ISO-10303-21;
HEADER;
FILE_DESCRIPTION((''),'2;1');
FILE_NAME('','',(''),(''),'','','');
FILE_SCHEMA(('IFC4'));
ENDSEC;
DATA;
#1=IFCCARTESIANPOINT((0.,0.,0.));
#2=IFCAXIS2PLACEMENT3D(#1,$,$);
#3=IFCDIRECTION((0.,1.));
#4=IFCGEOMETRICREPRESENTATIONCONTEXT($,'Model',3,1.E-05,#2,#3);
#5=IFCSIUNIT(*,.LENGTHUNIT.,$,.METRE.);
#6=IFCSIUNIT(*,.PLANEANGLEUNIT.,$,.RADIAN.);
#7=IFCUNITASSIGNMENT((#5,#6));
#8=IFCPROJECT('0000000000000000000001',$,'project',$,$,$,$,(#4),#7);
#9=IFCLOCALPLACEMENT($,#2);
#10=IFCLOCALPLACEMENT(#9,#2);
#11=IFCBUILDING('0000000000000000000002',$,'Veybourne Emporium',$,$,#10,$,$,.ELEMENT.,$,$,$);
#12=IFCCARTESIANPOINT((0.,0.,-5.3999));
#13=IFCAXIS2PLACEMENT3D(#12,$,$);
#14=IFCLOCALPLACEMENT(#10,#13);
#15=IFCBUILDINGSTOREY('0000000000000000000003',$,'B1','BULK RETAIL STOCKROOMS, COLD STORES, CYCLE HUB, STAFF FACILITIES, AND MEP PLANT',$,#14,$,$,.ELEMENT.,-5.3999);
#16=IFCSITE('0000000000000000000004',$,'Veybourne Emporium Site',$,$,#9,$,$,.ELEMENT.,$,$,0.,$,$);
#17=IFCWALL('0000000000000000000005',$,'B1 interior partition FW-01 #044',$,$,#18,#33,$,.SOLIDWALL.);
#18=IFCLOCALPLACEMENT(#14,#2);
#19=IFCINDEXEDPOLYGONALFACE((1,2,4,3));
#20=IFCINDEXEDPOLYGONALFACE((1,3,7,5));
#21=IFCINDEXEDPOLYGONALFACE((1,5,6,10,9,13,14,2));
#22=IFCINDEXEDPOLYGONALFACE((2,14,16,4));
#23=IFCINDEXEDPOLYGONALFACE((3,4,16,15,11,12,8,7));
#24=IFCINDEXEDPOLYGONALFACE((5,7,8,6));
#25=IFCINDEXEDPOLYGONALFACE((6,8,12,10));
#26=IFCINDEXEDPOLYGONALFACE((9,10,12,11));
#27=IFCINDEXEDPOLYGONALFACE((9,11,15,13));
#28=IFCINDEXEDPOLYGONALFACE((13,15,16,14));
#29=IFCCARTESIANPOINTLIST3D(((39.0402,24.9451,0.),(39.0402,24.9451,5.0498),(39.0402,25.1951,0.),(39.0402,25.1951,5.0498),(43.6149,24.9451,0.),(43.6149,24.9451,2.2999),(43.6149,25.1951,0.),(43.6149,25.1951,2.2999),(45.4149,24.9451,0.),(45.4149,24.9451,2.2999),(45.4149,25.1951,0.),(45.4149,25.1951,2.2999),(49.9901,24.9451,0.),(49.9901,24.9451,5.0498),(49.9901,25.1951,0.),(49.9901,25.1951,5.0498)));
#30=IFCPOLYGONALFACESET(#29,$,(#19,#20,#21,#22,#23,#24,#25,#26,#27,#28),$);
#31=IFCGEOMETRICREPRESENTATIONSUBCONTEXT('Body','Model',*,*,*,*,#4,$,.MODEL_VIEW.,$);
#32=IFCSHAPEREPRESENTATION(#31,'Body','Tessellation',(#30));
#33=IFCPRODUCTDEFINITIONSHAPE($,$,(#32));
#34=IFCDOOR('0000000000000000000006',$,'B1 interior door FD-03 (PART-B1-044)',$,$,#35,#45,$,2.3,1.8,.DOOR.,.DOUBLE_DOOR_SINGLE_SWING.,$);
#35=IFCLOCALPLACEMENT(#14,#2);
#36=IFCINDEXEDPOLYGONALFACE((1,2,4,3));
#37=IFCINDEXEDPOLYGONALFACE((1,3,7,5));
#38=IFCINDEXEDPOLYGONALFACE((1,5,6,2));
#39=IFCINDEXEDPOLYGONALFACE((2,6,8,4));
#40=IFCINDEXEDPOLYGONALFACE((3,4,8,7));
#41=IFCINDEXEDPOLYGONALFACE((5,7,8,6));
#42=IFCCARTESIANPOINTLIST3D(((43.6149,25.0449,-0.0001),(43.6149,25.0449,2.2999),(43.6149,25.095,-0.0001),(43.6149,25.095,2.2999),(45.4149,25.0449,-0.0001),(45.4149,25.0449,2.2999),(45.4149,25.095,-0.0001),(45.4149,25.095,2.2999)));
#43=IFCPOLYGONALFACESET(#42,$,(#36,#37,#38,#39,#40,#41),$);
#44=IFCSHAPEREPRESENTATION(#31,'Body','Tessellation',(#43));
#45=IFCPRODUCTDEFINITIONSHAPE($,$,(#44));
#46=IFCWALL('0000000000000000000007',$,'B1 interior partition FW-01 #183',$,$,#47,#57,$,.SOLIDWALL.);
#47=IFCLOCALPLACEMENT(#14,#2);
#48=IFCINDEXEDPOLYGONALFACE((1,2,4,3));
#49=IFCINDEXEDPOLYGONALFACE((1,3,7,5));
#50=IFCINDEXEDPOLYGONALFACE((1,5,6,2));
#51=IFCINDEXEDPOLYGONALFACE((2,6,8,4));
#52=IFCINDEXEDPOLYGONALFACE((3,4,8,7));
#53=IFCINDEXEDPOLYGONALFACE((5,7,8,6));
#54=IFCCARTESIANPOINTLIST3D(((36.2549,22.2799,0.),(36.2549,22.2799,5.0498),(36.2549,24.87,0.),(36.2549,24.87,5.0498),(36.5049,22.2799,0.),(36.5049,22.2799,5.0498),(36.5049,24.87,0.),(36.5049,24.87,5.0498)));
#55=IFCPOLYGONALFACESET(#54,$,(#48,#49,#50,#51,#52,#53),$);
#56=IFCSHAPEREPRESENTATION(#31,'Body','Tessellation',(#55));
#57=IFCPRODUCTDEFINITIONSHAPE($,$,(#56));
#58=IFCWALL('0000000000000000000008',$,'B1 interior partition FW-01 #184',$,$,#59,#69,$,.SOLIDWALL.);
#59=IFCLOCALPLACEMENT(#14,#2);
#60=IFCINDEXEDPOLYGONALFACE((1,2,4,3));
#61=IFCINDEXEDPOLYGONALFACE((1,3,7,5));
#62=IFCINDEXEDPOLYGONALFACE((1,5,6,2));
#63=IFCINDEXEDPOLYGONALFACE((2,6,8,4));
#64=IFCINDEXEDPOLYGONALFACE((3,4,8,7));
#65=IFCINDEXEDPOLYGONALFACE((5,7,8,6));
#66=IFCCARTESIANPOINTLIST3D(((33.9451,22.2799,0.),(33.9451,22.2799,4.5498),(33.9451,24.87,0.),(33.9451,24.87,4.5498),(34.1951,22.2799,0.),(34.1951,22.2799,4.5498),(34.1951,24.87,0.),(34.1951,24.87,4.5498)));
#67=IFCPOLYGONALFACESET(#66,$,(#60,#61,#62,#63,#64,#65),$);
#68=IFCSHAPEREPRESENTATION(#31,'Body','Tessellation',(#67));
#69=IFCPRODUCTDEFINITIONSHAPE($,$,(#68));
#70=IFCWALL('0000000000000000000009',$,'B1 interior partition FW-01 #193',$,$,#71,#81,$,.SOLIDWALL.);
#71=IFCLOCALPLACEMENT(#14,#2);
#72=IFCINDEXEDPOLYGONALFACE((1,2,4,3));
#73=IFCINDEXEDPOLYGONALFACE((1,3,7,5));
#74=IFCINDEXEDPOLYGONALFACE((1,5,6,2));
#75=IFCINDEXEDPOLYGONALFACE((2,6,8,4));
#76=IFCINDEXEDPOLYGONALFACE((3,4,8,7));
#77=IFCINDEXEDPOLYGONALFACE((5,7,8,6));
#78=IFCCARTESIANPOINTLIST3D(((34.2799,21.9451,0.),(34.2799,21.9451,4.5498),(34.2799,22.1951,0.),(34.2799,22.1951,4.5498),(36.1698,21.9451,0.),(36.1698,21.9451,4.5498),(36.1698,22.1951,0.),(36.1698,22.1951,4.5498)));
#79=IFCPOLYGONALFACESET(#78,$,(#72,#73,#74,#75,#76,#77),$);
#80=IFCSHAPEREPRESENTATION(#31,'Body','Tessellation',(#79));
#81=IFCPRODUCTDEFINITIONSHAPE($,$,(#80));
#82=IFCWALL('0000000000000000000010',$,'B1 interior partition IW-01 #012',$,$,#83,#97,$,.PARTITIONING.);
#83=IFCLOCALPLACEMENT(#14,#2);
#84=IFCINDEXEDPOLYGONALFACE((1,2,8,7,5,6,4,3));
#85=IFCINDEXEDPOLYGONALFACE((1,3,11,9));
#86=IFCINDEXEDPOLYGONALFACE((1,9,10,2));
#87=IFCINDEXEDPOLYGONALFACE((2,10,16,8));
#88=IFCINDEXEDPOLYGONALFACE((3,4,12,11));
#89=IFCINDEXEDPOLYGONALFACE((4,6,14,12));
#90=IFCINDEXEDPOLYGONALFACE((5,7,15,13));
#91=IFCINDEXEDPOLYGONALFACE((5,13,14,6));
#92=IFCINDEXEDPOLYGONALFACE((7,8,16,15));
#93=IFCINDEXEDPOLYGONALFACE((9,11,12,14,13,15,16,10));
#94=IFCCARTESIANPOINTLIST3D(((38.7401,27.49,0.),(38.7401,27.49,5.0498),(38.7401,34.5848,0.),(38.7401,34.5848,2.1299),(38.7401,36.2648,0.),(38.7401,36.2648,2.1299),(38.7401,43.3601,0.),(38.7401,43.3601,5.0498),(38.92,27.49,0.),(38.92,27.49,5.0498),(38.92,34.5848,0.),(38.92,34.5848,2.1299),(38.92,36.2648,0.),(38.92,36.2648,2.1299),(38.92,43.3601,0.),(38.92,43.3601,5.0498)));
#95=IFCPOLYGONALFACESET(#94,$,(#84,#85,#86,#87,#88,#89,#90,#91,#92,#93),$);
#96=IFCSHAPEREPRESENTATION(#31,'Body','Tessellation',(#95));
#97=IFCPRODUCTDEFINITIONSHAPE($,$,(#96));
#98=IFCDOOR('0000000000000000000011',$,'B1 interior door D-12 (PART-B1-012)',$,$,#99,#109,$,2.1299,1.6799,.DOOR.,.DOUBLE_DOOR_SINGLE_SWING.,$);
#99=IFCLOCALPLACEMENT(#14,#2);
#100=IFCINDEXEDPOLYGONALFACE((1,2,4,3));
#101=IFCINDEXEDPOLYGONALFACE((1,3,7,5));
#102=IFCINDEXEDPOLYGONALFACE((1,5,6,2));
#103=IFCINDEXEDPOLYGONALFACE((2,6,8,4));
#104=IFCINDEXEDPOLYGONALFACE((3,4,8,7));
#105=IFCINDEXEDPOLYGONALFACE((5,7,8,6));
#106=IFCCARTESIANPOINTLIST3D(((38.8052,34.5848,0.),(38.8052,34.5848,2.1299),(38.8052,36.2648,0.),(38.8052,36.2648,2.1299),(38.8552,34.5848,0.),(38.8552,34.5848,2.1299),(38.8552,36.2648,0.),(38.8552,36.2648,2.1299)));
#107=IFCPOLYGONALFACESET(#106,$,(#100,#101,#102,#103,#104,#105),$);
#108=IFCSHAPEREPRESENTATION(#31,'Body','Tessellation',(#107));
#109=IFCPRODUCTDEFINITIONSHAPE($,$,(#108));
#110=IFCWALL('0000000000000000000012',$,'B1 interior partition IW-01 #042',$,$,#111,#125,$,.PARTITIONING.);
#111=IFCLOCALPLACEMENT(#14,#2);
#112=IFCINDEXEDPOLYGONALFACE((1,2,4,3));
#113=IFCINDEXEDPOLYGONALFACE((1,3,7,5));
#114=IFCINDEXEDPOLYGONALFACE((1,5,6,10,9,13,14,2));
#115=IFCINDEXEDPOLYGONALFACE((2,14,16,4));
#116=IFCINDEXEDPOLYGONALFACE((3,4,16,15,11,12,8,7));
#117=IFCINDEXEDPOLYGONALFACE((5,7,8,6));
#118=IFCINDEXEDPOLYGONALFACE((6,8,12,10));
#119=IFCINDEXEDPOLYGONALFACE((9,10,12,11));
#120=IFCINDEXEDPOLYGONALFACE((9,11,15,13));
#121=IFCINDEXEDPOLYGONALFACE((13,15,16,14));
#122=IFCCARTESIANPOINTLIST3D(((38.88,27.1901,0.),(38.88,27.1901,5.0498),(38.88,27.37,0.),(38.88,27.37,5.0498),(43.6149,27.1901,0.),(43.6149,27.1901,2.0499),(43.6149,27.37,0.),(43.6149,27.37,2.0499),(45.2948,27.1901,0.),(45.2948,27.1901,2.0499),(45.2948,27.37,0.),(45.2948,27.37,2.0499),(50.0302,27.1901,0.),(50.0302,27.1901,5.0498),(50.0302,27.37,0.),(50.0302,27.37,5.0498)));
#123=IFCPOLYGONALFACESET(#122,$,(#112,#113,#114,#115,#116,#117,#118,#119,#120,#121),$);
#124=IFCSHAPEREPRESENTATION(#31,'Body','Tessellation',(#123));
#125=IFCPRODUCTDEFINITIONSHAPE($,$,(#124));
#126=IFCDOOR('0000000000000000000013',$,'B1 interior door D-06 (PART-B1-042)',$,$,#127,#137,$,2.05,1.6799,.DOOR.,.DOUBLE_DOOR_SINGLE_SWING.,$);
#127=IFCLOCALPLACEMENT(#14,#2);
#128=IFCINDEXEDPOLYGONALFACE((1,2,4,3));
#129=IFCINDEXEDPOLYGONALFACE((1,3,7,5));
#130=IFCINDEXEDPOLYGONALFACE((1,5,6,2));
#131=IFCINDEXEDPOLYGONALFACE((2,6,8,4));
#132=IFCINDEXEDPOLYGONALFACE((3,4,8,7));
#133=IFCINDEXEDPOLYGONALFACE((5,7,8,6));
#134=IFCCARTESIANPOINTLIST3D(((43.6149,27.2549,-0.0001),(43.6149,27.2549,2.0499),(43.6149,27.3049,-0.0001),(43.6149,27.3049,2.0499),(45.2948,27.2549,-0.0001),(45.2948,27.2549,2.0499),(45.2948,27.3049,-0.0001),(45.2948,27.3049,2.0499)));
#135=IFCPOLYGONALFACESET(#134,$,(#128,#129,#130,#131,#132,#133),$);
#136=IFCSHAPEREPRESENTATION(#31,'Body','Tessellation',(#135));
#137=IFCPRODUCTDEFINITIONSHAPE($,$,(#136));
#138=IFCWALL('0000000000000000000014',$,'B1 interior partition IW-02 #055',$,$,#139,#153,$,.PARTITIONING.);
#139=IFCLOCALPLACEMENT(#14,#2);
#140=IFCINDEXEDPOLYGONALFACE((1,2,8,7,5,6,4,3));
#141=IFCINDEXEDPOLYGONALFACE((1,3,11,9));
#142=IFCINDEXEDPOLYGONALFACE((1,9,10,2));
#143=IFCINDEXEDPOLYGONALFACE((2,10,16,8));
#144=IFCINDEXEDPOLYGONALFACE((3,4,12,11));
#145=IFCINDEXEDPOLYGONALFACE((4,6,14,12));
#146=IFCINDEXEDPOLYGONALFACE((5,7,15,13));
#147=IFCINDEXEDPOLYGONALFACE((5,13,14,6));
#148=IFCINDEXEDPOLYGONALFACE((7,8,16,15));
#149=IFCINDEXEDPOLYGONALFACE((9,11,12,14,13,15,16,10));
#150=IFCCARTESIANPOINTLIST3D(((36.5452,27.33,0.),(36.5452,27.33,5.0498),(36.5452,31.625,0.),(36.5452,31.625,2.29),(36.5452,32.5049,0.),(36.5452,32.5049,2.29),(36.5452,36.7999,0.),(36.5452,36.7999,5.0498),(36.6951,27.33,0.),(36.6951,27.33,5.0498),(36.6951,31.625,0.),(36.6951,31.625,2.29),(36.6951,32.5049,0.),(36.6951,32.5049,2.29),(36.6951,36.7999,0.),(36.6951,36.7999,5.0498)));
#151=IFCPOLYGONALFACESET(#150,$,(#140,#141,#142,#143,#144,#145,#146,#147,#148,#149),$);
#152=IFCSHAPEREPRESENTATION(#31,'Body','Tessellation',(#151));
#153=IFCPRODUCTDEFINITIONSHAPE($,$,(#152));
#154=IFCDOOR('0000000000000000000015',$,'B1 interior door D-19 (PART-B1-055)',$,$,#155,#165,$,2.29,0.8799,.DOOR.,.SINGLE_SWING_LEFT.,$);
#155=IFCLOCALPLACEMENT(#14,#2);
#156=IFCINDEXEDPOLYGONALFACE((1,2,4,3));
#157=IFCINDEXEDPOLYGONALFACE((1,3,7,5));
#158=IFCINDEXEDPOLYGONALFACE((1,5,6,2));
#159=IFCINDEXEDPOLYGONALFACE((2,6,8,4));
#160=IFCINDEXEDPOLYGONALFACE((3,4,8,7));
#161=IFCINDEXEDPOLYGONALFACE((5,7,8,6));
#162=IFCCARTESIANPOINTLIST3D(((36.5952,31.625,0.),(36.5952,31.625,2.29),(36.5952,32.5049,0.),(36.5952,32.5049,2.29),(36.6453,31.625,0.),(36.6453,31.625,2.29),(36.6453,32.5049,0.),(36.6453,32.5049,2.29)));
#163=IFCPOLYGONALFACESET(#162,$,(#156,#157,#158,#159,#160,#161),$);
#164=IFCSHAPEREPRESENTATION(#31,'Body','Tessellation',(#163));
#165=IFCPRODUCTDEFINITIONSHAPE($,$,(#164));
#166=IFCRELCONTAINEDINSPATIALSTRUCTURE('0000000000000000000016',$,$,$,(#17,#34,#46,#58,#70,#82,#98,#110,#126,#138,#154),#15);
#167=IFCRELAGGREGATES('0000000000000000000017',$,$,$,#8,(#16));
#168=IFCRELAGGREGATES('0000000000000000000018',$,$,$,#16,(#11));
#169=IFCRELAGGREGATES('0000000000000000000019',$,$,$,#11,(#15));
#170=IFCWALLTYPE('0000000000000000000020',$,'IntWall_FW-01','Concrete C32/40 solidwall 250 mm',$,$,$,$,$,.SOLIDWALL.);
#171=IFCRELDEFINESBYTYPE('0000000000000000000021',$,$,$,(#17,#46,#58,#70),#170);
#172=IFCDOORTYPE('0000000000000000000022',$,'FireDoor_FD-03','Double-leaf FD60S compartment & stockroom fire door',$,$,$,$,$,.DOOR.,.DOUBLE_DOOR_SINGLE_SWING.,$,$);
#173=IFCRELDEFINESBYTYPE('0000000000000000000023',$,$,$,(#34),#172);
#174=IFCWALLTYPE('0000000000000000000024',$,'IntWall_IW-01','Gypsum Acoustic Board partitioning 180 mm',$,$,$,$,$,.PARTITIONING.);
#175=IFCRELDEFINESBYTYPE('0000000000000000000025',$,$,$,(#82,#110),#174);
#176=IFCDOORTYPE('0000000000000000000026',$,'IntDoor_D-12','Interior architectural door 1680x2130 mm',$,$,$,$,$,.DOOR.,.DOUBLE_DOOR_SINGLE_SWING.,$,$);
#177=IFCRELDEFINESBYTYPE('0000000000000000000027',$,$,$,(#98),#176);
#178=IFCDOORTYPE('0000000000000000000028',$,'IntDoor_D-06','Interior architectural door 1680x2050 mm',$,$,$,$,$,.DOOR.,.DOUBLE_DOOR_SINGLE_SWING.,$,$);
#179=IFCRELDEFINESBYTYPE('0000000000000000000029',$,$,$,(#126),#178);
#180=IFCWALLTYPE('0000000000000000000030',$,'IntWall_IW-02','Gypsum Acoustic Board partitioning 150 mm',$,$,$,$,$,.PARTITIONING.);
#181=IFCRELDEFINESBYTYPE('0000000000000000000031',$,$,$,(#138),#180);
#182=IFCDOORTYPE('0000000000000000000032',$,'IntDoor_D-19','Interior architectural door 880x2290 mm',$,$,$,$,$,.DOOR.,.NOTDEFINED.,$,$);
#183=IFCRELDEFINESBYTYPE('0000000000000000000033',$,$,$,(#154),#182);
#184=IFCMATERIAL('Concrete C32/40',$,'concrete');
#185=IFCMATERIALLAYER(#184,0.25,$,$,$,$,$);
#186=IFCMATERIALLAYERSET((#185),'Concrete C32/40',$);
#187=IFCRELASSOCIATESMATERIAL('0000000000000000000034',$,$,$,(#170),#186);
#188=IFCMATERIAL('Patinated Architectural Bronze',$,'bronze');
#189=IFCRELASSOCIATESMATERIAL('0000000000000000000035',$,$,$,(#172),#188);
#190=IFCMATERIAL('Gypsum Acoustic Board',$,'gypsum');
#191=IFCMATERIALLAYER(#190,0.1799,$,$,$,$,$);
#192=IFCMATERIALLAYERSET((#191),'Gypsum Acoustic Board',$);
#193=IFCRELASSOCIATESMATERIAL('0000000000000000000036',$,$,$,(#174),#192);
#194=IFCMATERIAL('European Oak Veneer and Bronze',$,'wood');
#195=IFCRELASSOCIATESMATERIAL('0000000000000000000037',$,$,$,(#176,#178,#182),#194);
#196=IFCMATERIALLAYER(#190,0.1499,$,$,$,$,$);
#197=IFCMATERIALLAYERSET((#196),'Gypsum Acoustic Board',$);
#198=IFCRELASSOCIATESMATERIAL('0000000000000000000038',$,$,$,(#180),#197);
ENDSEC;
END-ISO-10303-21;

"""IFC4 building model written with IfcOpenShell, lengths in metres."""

from ifc_helpers import new_model, si_unit, direction, frame, frame_2d, origin, place, context, subcontext, project, spatial, rectangle, extrude, material, layer, layer_set, type_object, element, fill, save


model = new_model("IFC4")

# Units and contexts
model_context = context("Model", 3, precision=1e-05, world=origin(), true_north=direction((0.0, 1.0)))
body_context = subcontext(model_context, "Body", "Model", "MODEL_VIEW")
ifc_project = project(units=[si_unit("LENGTHUNIT", "METRE"), si_unit("PLANEANGLEUNIT", "RADIAN")], contexts=[model_context])

# Site, building, storey
site_placement = place(None, origin())
site = spatial("IfcSite", under=ifc_project, at=site_placement, Name="Veybourne Emporium Site", CompositionType="ELEMENT", RefElevation=0.0)
building_placement = place(site_placement, origin())
building = spatial("IfcBuilding", under=site, at=building_placement, Name="Veybourne Emporium", CompositionType="ELEMENT")
storey_placement = place(building_placement, frame((0.0, 0.0, -5.3999)))
storey = spatial("IfcBuildingStorey", under=building, at=storey_placement, Name="B1", Description="BULK RETAIL STOCKROOMS, COLD STORES, CYCLE HUB, STAFF FACILITIES, AND MEP PLANT", CompositionType="ELEMENT", Elevation=-5.3999)

# Shared definitions
ifc_material_1 = material(Name="Concrete C32/40", Category="concrete")

# Wall, opening, door
ifc_layer_1 = layer(ifc_material_1, 0.25)
ifc_layer_set_1 = layer_set([ifc_layer_1], Name="Concrete C32/40")
wall_type_1 = type_object("IfcWallType", Name="IntWall_FW-01", Description="Concrete C32/40 solidwall 250 mm", PredefinedType="SOLIDWALL", material=ifc_layer_set_1)
wall_1_placement = place(storey_placement, frame((39.04, 25.0701, 0.0), z_axis=(0.0, 0.0, 1.0), x_axis=(1.0, 0.0, 0.0)))
wall_1 = element("IfcWall", 1, at=wall_1_placement, inside=storey, type_object=wall_type_1, Name="B1 interior partition FW-01 #044", PredefinedType="SOLIDWALL", context=body_context, shape_type="SweptSolid", body=[
    extrude(rectangle(XDim=10.95, YDim=0.25, at=frame_2d((5.4751, 0.0))), origin(), (0.0, 0.0, 1.0), 5.0498),
])
opening_1_placement = place(wall_1_placement, frame((4.575, 0.0, 0.0)))
opening_1 = element("IfcOpeningElement", 2, at=opening_1_placement, cuts=wall_1, PredefinedType="OPENING", context=body_context, shape_type="SweptSolid", body=[
    extrude(rectangle(XDim=1.8, YDim=2.3, at=frame_2d((0.8999, 1.1499))), frame((0.0, 0.145, 0.0), z_axis=(0.0, -1.0, 0.0), x_axis=(1.0, 0.0, 0.0)), (0.0, 0.0, 1.0), 0.29),
])
ifc_material_2 = material(Name="Patinated Architectural Bronze", Category="bronze")
door_type_1 = type_object("IfcDoorType", Name="FireDoor_FD-03", Description="Double-leaf FD60S compartment & stockroom fire door", OperationType="DOUBLE_DOOR_SINGLE_SWING", PredefinedType="DOOR", material=ifc_material_2)
door_1_placement = place(opening_1_placement, origin())
door_1 = element("IfcDoor", 3, at=door_1_placement, inside=storey, type_object=door_type_1, Name="B1 interior door FD-03 (PART-B1-044)", OperationType="DOUBLE_DOOR_SINGLE_SWING", OverallHeight=2.3, OverallWidth=1.8, PredefinedType="DOOR", context=body_context, shape_type="SweptSolid", body=[
    extrude(rectangle(XDim=1.8, YDim=2.3, at=frame_2d((0.8999, 1.1499))), frame((0.0, 0.0249, 0.0), z_axis=(0.0, -1.0, 0.0), x_axis=(1.0, 0.0, 0.0)), (0.0, 0.0, 1.0), 0.05),
])
fill(opening_1, door_1)

# Walls
wall_2_placement = place(storey_placement, frame((36.3799, 22.28, 0.0), z_axis=(0.0, 0.0, 1.0), x_axis=(0.0, 1.0, 0.0)))
element("IfcWall", 4, at=wall_2_placement, inside=storey, type_object=wall_type_1, Name="B1 interior partition FW-01 #183", PredefinedType="SOLIDWALL", context=body_context, shape_type="SweptSolid", body=[
    extrude(rectangle(XDim=2.5901, YDim=0.25, at=frame_2d((1.2949, 0.0))), origin(), (0.0, 0.0, 1.0), 5.0498),
])
wall_3_placement = place(storey_placement, frame((34.0701, 22.28, 0.0), z_axis=(0.0, 0.0, 1.0), x_axis=(0.0, 1.0, 0.0)))
element("IfcWall", 5, at=wall_3_placement, inside=storey, type_object=wall_type_1, Name="B1 interior partition FW-01 #184", PredefinedType="SOLIDWALL", context=body_context, shape_type="SweptSolid", body=[
    extrude(rectangle(XDim=2.5901, YDim=0.25, at=frame_2d((1.2949, 0.0))), origin(), (0.0, 0.0, 1.0), 4.5498),
])
wall_4_placement = place(storey_placement, frame((34.28, 22.0701, 0.0), z_axis=(0.0, 0.0, 1.0), x_axis=(1.0, 0.0, 0.0)))
element("IfcWall", 6, at=wall_4_placement, inside=storey, type_object=wall_type_1, Name="B1 interior partition FW-01 #193", PredefinedType="SOLIDWALL", context=body_context, shape_type="SweptSolid", body=[
    extrude(rectangle(XDim=1.8899, YDim=0.25, at=frame_2d((0.9448, 0.0))), origin(), (0.0, 0.0, 1.0), 4.5498),
])

# Walls, openings, doors
ifc_material_3 = material(Name="Gypsum Acoustic Board", Category="gypsum")
ifc_layer_2 = layer(ifc_material_3, 0.1799)
ifc_layer_set_2 = layer_set([ifc_layer_2], Name="Gypsum Acoustic Board")
wall_type_2 = type_object("IfcWallType", Name="IntWall_IW-01", Description="Gypsum Acoustic Board partitioning 180 mm", PredefinedType="PARTITIONING", material=ifc_layer_set_2)
wall_5_placement = place(storey_placement, frame((38.8301, 27.49, 0.0), z_axis=(0.0, 0.0, 1.0), x_axis=(0.0, 1.0, 0.0)))
wall_5 = element("IfcWall", 7, at=wall_5_placement, inside=storey, type_object=wall_type_2, Name="B1 interior partition IW-01 #012", PredefinedType="PARTITIONING", context=body_context, shape_type="SweptSolid", body=[
    extrude(rectangle(XDim=15.8701, YDim=0.1799, at=frame_2d((7.9351, 0.0))), origin(), (0.0, 0.0, 1.0), 5.0498),
])
opening_2_placement = place(wall_5_placement, frame((7.095, 0.0, 0.0)))
opening_2 = element("IfcOpeningElement", 8, at=opening_2_placement, cuts=wall_5, PredefinedType="OPENING", context=body_context, shape_type="SweptSolid", body=[
    extrude(rectangle(XDim=1.6799, YDim=2.1299, at=frame_2d((0.8398, 1.0649))), frame((0.0, 0.1099, 0.0), z_axis=(0.0, -1.0, 0.0), x_axis=(1.0, 0.0, 0.0)), (0.0, 0.0, 1.0), 0.22),
])
ifc_material_4 = material(Name="European Oak Veneer and Bronze", Category="wood")
door_type_2 = type_object("IfcDoorType", Name="IntDoor_D-12", Description="Interior architectural door 1680x2130 mm", OperationType="DOUBLE_DOOR_SINGLE_SWING", PredefinedType="DOOR", material=ifc_material_4)
door_2_placement = place(opening_2_placement, origin())
door_2 = element("IfcDoor", 9, at=door_2_placement, inside=storey, type_object=door_type_2, Name="B1 interior door D-12 (PART-B1-012)", OperationType="DOUBLE_DOOR_SINGLE_SWING", OverallHeight=2.1299, OverallWidth=1.6799, PredefinedType="DOOR", context=body_context, shape_type="SweptSolid", body=[
    extrude(rectangle(XDim=1.6799, YDim=2.1299, at=frame_2d((0.8398, 1.0649))), frame((0.0, 0.0249, 0.0), z_axis=(0.0, -1.0, 0.0), x_axis=(1.0, 0.0, 0.0)), (0.0, 0.0, 1.0), 0.05),
])
fill(opening_2, door_2)
wall_6_placement = place(storey_placement, frame((38.8799, 27.28, 0.0), z_axis=(0.0, 0.0, 1.0), x_axis=(1.0, 0.0, 0.0)))
wall_6 = element("IfcWall", 10, at=wall_6_placement, inside=storey, type_object=wall_type_2, Name="B1 interior partition IW-01 #042", PredefinedType="PARTITIONING", context=body_context, shape_type="SweptSolid", body=[
    extrude(rectangle(XDim=11.1501, YDim=0.1799, at=frame_2d((5.5752, 0.0))), origin(), (0.0, 0.0, 1.0), 5.0498),
])
opening_3_placement = place(wall_6_placement, frame((4.7351, 0.0, 0.0)))
opening_3 = element("IfcOpeningElement", 11, at=opening_3_placement, cuts=wall_6, PredefinedType="OPENING", context=body_context, shape_type="SweptSolid", body=[
    extrude(rectangle(XDim=1.6799, YDim=2.05, at=frame_2d((0.8398, 1.0249))), frame((0.0, 0.1099, 0.0), z_axis=(0.0, -1.0, 0.0), x_axis=(1.0, 0.0, 0.0)), (0.0, 0.0, 1.0), 0.22),
])
door_type_3 = type_object("IfcDoorType", Name="IntDoor_D-06", Description="Interior architectural door 1680x2050 mm", OperationType="DOUBLE_DOOR_SINGLE_SWING", PredefinedType="DOOR", material=ifc_material_4)
door_3_placement = place(opening_3_placement, origin())
door_3 = element("IfcDoor", 12, at=door_3_placement, inside=storey, type_object=door_type_3, Name="B1 interior door D-06 (PART-B1-042)", OperationType="DOUBLE_DOOR_SINGLE_SWING", OverallHeight=2.05, OverallWidth=1.6799, PredefinedType="DOOR", context=body_context, shape_type="SweptSolid", body=[
    extrude(rectangle(XDim=1.6799, YDim=2.05, at=frame_2d((0.8398, 1.0249))), frame((0.0, 0.0249, 0.0), z_axis=(0.0, -1.0, 0.0), x_axis=(1.0, 0.0, 0.0)), (0.0, 0.0, 1.0), 0.05),
])
fill(opening_3, door_3)
ifc_layer_3 = layer(ifc_material_3, 0.1499)
ifc_layer_set_3 = layer_set([ifc_layer_3], Name="Gypsum Acoustic Board")
wall_type_3 = type_object("IfcWallType", Name="IntWall_IW-02", Description="Gypsum Acoustic Board partitioning 150 mm", PredefinedType="PARTITIONING", material=ifc_layer_set_3)
wall_7_placement = place(storey_placement, frame((36.6201, 27.3301, 0.0), z_axis=(0.0, 0.0, 1.0), x_axis=(0.0, 1.0, 0.0)))
wall_7 = element("IfcWall", 13, at=wall_7_placement, inside=storey, type_object=wall_type_3, Name="B1 interior partition IW-02 #055", PredefinedType="PARTITIONING", context=body_context, shape_type="SweptSolid", body=[
    extrude(rectangle(XDim=9.47, YDim=0.1499, at=frame_2d((4.7349, 0.0))), origin(), (0.0, 0.0, 1.0), 5.0498),
])
opening_4_placement = place(wall_7_placement, frame((4.2949, 0.0, 0.0)))
opening_4 = element("IfcOpeningElement", 14, at=opening_4_placement, cuts=wall_7, PredefinedType="OPENING", context=body_context, shape_type="SweptSolid", body=[
    extrude(rectangle(XDim=0.8799, YDim=2.29, at=frame_2d((0.4399, 1.145))), frame((0.0, 0.095, 0.0), z_axis=(0.0, -1.0, 0.0), x_axis=(1.0, 0.0, 0.0)), (0.0, 0.0, 1.0), 0.1899),
])
door_type_4 = type_object("IfcDoorType", Name="IntDoor_D-19", Description="Interior architectural door 880x2290 mm", OperationType="NOTDEFINED", PredefinedType="DOOR", material=ifc_material_4)
door_4_placement = place(opening_4_placement, origin())
door_4 = element("IfcDoor", 15, at=door_4_placement, inside=storey, type_object=door_type_4, Name="B1 interior door D-19 (PART-B1-055)", OperationType="SINGLE_SWING_LEFT", OverallHeight=2.29, OverallWidth=0.8799, PredefinedType="DOOR", context=body_context, shape_type="SweptSolid", body=[
    extrude(rectangle(XDim=0.8799, YDim=2.29, at=frame_2d((0.4399, 1.145))), frame((0.0, 0.0249, 0.0), z_axis=(0.0, -1.0, 0.0), x_axis=(1.0, 0.0, 0.0)), (0.0, 0.0, 1.0), 0.05),
])
fill(opening_4, door_4)

save(model, "model.ifc")
